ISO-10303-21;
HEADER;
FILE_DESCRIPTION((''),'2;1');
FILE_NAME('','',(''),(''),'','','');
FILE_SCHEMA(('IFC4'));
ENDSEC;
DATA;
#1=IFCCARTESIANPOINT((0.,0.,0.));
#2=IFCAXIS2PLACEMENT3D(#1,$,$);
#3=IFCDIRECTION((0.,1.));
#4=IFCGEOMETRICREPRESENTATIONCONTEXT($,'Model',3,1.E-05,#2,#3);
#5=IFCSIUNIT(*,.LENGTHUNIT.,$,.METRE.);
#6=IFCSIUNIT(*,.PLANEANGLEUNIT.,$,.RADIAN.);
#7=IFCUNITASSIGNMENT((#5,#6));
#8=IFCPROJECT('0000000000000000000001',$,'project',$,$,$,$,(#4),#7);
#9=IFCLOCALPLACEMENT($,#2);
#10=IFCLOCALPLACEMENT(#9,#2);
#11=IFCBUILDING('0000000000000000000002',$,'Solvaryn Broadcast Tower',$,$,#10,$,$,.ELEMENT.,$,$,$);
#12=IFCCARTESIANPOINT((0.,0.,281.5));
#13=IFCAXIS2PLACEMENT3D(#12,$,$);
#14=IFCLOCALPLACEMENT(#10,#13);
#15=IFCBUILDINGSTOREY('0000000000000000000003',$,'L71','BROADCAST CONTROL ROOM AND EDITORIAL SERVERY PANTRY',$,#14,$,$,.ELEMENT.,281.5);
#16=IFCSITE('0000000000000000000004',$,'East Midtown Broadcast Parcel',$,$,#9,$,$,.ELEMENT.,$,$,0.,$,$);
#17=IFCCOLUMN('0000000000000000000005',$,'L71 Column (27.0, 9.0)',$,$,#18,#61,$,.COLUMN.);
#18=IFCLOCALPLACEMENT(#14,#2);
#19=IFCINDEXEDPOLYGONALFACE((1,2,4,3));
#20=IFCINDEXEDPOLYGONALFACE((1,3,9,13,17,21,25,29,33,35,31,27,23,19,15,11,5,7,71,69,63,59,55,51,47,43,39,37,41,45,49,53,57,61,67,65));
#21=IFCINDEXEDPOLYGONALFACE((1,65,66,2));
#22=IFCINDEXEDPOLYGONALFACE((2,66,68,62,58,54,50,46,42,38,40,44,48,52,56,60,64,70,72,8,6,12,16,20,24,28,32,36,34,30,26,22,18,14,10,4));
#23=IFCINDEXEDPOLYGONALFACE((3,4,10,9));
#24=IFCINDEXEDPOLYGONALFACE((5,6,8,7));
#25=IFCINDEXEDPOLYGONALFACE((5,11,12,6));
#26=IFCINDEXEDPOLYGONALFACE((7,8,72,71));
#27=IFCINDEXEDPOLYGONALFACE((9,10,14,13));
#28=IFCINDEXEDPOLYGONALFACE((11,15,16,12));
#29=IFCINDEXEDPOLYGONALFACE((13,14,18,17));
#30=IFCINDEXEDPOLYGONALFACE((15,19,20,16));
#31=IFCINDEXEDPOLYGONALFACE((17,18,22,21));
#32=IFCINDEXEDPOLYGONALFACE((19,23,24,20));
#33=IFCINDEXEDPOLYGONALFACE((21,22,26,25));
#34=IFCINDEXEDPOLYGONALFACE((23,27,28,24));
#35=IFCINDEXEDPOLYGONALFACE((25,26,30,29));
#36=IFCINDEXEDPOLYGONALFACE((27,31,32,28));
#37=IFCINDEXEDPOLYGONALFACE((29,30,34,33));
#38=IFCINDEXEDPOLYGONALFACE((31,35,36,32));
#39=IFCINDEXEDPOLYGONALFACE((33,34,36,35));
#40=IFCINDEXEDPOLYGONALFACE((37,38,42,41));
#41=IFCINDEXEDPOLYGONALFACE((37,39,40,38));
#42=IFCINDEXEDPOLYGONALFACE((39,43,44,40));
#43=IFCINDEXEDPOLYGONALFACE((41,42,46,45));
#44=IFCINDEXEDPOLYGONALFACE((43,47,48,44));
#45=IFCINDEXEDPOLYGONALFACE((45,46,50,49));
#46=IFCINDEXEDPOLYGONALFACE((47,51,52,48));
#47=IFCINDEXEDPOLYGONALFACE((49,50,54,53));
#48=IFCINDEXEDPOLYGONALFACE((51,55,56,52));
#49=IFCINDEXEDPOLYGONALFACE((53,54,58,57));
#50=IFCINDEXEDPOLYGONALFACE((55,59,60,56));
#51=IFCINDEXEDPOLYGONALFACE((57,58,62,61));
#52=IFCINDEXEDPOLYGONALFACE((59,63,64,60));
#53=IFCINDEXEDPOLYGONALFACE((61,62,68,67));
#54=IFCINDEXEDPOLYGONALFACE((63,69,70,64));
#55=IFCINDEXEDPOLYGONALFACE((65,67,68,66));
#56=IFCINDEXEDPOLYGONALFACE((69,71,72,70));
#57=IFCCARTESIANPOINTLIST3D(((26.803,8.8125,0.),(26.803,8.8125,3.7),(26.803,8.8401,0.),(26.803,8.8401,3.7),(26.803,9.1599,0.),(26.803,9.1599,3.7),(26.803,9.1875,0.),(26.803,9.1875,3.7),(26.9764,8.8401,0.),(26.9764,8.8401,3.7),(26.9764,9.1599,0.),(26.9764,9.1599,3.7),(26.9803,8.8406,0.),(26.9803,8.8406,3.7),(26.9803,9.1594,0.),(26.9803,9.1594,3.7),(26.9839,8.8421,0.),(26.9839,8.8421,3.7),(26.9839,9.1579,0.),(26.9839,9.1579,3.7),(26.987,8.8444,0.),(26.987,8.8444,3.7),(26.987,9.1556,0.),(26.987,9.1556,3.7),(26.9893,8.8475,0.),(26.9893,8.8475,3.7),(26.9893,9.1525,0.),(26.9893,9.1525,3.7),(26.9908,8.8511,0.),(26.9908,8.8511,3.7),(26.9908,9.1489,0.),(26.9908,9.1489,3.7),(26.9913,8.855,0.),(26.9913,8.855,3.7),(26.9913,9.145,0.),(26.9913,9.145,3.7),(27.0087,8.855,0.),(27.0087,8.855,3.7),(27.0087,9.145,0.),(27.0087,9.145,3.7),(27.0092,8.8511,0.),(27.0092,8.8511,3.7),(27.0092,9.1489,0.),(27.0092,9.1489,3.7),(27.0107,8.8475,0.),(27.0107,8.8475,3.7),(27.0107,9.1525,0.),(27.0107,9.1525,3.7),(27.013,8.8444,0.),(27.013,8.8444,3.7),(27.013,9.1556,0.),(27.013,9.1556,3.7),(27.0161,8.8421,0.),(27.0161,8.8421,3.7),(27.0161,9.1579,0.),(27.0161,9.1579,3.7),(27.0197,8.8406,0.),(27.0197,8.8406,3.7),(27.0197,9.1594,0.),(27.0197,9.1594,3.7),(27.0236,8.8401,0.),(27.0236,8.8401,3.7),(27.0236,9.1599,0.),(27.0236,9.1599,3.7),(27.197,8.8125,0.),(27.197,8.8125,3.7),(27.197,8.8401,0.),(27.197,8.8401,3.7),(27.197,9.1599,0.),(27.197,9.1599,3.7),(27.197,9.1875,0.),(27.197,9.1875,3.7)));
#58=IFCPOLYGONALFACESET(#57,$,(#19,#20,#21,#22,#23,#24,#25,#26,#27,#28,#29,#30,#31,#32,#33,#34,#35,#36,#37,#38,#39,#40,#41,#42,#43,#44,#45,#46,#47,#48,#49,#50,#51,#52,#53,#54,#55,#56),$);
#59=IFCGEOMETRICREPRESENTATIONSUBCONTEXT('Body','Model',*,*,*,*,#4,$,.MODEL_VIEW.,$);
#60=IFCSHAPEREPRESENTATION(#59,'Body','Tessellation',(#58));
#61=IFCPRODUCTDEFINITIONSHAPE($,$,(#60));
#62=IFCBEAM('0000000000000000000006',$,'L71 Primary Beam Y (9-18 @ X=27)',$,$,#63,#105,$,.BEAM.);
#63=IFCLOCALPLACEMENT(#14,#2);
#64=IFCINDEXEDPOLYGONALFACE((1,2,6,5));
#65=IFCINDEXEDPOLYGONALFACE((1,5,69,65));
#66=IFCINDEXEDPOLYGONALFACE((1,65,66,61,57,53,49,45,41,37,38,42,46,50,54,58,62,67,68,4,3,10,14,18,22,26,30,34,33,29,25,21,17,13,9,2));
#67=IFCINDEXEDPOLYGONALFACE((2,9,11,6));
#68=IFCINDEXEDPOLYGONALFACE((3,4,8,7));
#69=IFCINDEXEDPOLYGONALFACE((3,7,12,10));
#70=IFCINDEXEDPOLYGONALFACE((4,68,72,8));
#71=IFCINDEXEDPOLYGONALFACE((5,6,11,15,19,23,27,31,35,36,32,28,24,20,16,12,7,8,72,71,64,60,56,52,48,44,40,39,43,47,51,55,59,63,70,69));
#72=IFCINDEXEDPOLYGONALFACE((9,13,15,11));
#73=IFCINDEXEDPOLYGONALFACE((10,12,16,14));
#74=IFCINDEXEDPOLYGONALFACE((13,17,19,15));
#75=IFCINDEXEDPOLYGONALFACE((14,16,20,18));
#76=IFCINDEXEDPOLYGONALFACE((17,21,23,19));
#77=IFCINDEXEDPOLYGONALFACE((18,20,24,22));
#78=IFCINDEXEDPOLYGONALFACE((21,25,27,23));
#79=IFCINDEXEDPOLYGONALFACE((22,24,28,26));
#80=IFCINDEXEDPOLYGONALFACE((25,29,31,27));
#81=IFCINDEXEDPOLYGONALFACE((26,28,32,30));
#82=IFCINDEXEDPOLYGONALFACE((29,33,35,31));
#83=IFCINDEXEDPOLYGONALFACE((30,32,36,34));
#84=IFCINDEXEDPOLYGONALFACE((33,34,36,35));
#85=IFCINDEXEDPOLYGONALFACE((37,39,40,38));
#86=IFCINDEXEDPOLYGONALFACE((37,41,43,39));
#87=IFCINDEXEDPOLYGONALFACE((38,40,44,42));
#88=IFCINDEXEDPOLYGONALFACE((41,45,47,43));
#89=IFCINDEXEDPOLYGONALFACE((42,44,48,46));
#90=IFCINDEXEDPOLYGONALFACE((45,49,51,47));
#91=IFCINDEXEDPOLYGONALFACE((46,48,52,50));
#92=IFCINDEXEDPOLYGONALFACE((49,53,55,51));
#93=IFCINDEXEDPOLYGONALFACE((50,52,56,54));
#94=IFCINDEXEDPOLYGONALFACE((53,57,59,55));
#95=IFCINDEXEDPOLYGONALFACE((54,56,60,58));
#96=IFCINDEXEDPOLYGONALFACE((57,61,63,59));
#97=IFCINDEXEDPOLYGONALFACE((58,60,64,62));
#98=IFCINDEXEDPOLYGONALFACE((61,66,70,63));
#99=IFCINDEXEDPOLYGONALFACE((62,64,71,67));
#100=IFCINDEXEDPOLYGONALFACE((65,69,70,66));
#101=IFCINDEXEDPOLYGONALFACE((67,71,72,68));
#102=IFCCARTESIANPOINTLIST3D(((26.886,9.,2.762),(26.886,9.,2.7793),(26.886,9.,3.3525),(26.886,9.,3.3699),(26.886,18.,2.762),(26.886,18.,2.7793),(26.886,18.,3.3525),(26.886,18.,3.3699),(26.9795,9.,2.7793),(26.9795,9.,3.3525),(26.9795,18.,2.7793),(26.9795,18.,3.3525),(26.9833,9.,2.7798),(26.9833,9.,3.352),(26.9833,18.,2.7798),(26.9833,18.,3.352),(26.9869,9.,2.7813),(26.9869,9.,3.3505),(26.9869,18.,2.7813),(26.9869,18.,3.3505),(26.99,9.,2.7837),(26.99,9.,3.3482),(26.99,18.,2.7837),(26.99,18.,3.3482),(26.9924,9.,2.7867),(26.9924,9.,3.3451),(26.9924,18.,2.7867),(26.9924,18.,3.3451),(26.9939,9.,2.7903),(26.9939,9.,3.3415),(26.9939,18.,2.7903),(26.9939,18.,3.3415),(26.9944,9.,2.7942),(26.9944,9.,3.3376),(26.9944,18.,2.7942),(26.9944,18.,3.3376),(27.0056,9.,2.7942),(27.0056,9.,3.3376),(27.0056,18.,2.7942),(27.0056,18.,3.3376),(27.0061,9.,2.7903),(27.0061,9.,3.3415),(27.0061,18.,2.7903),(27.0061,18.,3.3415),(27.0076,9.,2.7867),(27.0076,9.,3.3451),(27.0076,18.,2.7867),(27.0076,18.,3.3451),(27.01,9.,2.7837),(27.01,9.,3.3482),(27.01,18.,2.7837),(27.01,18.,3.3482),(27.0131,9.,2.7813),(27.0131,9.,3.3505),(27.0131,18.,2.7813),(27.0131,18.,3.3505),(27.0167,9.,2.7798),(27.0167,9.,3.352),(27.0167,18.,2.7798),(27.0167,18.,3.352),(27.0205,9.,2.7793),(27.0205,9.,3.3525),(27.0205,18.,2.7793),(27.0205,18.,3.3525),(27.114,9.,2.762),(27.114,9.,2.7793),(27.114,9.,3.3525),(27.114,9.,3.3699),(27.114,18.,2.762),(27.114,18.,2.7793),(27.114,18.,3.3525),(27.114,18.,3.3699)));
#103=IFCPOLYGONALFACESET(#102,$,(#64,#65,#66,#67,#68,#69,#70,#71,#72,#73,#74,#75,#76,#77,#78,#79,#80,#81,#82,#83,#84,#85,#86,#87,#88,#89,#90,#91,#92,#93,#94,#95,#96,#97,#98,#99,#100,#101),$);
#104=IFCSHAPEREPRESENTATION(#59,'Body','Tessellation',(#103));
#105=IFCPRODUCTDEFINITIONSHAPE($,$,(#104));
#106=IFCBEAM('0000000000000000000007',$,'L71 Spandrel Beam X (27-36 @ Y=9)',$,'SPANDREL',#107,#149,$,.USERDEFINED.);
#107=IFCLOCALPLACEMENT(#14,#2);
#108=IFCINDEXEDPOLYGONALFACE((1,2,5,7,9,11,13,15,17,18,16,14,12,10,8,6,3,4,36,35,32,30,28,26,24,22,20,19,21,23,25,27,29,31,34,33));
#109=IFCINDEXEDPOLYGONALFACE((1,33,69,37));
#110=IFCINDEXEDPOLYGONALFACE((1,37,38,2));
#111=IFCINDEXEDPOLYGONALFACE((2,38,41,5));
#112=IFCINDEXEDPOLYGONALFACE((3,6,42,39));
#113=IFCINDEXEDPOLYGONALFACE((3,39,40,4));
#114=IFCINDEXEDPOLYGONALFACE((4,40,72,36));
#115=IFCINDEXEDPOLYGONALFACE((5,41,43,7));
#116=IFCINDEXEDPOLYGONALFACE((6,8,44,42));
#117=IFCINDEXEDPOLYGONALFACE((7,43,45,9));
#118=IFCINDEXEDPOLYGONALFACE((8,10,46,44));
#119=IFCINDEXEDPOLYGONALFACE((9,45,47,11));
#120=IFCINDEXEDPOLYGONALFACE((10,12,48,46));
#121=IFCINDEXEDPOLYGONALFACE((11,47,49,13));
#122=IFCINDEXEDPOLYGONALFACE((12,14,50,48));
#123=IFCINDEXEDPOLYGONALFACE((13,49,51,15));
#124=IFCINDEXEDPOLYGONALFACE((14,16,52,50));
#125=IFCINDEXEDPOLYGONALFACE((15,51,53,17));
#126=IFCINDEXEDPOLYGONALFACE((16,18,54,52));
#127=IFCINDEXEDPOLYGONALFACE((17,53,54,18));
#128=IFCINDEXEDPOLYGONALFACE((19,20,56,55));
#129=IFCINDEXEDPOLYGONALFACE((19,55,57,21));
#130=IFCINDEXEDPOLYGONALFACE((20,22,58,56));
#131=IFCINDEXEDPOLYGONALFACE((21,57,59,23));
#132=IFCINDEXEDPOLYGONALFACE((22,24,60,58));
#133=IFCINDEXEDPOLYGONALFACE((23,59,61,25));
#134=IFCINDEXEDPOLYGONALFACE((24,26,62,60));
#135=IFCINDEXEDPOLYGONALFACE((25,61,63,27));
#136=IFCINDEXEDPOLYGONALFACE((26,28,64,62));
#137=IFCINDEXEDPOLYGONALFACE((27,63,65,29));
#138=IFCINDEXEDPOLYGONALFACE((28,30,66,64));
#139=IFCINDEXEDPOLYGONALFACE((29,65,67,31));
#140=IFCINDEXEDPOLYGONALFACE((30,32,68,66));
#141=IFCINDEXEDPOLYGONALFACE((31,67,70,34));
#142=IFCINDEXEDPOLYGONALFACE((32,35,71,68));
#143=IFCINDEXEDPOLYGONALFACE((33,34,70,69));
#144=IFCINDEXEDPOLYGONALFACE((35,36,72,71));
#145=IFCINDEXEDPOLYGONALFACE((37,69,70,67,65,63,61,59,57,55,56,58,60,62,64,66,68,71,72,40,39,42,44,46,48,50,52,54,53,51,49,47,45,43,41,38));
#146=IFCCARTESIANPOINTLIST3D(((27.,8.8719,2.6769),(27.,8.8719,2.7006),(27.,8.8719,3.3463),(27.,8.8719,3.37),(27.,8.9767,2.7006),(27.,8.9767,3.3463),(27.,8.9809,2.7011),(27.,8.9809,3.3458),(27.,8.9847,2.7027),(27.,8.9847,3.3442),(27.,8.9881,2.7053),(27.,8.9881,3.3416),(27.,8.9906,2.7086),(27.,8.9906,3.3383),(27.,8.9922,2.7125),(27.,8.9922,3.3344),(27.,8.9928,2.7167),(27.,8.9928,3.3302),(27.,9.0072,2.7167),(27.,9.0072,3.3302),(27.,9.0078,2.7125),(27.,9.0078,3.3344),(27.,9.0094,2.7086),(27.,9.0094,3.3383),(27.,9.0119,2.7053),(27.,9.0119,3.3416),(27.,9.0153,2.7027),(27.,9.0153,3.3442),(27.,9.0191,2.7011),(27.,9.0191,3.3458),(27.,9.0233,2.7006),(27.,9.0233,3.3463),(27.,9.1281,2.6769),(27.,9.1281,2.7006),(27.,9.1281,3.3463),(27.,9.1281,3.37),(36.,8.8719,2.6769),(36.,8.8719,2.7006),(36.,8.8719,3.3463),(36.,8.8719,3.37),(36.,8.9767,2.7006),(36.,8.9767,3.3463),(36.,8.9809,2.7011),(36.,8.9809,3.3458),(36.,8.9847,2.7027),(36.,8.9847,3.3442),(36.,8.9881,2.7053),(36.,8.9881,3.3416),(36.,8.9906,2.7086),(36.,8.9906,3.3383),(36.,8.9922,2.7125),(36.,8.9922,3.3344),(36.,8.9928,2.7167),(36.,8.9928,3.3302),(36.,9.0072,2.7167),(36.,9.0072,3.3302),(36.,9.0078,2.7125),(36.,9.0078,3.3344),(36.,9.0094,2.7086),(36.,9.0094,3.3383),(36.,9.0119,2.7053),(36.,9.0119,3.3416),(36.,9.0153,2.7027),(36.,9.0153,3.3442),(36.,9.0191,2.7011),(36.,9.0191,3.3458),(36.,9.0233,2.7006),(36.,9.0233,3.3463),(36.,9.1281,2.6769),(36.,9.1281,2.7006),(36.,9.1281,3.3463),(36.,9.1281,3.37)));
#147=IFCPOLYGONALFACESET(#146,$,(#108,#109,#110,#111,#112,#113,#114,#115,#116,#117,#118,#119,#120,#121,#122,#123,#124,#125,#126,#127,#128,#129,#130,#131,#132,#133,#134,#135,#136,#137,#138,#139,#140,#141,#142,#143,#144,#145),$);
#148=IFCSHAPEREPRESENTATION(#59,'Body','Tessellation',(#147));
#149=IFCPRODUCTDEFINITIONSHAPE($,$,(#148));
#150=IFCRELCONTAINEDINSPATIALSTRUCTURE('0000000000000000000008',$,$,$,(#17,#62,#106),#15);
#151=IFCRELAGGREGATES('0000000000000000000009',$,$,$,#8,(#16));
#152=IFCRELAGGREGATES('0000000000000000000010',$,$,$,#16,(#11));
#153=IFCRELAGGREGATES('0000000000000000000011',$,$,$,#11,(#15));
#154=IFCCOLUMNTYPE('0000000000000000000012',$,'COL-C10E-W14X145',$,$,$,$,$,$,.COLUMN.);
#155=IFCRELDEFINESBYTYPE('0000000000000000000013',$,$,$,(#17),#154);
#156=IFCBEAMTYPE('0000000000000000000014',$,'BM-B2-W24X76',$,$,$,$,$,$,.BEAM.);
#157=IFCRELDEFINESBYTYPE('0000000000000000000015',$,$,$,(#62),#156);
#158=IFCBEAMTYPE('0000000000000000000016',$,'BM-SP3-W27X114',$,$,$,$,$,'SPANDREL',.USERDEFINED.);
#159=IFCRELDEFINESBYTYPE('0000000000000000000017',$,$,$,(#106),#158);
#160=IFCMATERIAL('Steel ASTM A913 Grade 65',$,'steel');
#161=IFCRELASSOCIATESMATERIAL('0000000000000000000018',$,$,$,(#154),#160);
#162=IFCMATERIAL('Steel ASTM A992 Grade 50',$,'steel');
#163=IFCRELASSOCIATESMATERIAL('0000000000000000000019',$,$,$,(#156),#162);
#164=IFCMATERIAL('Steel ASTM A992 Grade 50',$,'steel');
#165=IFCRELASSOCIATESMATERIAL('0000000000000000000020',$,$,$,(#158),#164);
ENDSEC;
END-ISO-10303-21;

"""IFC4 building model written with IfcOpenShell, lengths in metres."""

from ifc_helpers import new_model, si_unit, direction, frame, origin, origin_2d, place, context, subcontext, project, spatial, i_section, extrude, material, material_profile, profile_set, type_object, element, save


model = new_model("IFC4")

# Units and contexts
model_context = context("Model", 3, precision=1e-05, world=origin(), true_north=direction((0.0, 1.0)))
body_context = subcontext(model_context, "Body", "Model", "MODEL_VIEW")
ifc_project = project(units=[si_unit("LENGTHUNIT", "METRE"), si_unit("PLANEANGLEUNIT", "RADIAN")], contexts=[model_context])

# Site, building, storey
site_placement = place(None, origin())
site = spatial("IfcSite", under=ifc_project, at=site_placement, Name="East Midtown Broadcast Parcel", CompositionType="ELEMENT", RefElevation=0.0)
building_placement = place(site_placement, origin())
building = spatial("IfcBuilding", under=site, at=building_placement, Name="Solvaryn Broadcast Tower", CompositionType="ELEMENT")
storey_placement = place(building_placement, frame((0.0, 0.0, 281.5)))
storey = spatial("IfcBuildingStorey", under=building, at=storey_placement, Name="L71", Description="BROADCAST CONTROL ROOM AND EDITORIAL SERVERY PANTRY", CompositionType="ELEMENT", Elevation=281.5)

# Column
ifc_material_1 = material(Name="Steel ASTM A913 Grade 65", Category="steel")
ifc_material_profile_1 = material_profile(ifc_material_1, i_section(OverallWidth=0.394, OverallDepth=0.375, WebThickness=0.0173, FlangeThickness=0.0276, FilletRadius=0.0149, at=origin_2d()))
ifc_profile_set_1 = profile_set([ifc_material_profile_1], Name="Steel ASTM A913 Grade 65")
column_type = type_object("IfcColumnType", Name="COL-C10E-W14X145", PredefinedType="COLUMN", material=ifc_profile_set_1)
column_placement = place(storey_placement, frame((27.0, 9.0, 0.0), z_axis=(0.0, 0.0, 1.0), x_axis=(1.0, 0.0, 0.0)))
element("IfcColumn", 1, at=column_placement, inside=storey, type_object=column_type, Name="L71 Column (27.0, 9.0)", PredefinedType="COLUMN", context=body_context, shape_type="SweptSolid", body=[
    extrude(i_section(OverallWidth=0.394, OverallDepth=0.375, WebThickness=0.0173, FlangeThickness=0.0276, FilletRadius=0.0149, at=origin_2d()), origin(), (0.0, 0.0, 1.0), 3.7),
])

# Beams
ifc_material_2 = material(Name="Steel ASTM A992 Grade 50", Category="steel")
ifc_material_profile_2 = material_profile(ifc_material_2, i_section(OverallWidth=0.228, OverallDepth=0.6079, WebThickness=0.0112, FlangeThickness=0.0173, FilletRadius=0.0149, at=origin_2d()))
ifc_profile_set_2 = profile_set([ifc_material_profile_2], Name="Steel ASTM A992 Grade 50")
beam_type_1 = type_object("IfcBeamType", Name="BM-B2-W24X76", PredefinedType="BEAM", material=ifc_profile_set_2)
beam_1_placement = place(storey_placement, frame((27.0, 9.0, 3.0659), z_axis=(0.0, 1.0, 0.0), x_axis=(-1.0, 0.0, 0.0)))
element("IfcBeam", 2, at=beam_1_placement, inside=storey, type_object=beam_type_1, Name="L71 Primary Beam Y (9-18 @ X=27)", PredefinedType="BEAM", context=body_context, shape_type="SweptSolid", body=[
    extrude(i_section(OverallWidth=0.228, OverallDepth=0.6079, WebThickness=0.0112, FlangeThickness=0.0173, FilletRadius=0.0149, at=origin_2d()), origin(), (0.0, 0.0, 1.0), 9.0),
])
ifc_material_3 = material(Name="Steel ASTM A992 Grade 50", Category="steel")
ifc_material_profile_3 = material_profile(ifc_material_3, i_section(OverallWidth=0.2561, OverallDepth=0.6931, WebThickness=0.0144, FlangeThickness=0.0237, FilletRadius=0.0161, at=origin_2d()))
ifc_profile_set_3 = profile_set([ifc_material_profile_3], Name="Steel ASTM A992 Grade 50")
beam_type_2 = type_object("IfcBeamType", Name="BM-SP3-W27X114", ElementType="SPANDREL", PredefinedType="USERDEFINED", material=ifc_profile_set_3)
beam_2_placement = place(storey_placement, frame((27.0, 9.0, 3.0234), z_axis=(1.0, 0.0, 0.0), x_axis=(0.0, 1.0, 0.0)))
element("IfcBeam", 3, at=beam_2_placement, inside=storey, type_object=beam_type_2, Name="L71 Spandrel Beam X (27-36 @ Y=9)", ObjectType="SPANDREL", PredefinedType="USERDEFINED", context=body_context, shape_type="SweptSolid", body=[
    extrude(i_section(OverallWidth=0.2561, OverallDepth=0.6931, WebThickness=0.0144, FlangeThickness=0.0237, FilletRadius=0.0161, at=origin_2d()), origin(), (0.0, 0.0, 1.0), 9.0),
])

save(model, "model.ifc")
